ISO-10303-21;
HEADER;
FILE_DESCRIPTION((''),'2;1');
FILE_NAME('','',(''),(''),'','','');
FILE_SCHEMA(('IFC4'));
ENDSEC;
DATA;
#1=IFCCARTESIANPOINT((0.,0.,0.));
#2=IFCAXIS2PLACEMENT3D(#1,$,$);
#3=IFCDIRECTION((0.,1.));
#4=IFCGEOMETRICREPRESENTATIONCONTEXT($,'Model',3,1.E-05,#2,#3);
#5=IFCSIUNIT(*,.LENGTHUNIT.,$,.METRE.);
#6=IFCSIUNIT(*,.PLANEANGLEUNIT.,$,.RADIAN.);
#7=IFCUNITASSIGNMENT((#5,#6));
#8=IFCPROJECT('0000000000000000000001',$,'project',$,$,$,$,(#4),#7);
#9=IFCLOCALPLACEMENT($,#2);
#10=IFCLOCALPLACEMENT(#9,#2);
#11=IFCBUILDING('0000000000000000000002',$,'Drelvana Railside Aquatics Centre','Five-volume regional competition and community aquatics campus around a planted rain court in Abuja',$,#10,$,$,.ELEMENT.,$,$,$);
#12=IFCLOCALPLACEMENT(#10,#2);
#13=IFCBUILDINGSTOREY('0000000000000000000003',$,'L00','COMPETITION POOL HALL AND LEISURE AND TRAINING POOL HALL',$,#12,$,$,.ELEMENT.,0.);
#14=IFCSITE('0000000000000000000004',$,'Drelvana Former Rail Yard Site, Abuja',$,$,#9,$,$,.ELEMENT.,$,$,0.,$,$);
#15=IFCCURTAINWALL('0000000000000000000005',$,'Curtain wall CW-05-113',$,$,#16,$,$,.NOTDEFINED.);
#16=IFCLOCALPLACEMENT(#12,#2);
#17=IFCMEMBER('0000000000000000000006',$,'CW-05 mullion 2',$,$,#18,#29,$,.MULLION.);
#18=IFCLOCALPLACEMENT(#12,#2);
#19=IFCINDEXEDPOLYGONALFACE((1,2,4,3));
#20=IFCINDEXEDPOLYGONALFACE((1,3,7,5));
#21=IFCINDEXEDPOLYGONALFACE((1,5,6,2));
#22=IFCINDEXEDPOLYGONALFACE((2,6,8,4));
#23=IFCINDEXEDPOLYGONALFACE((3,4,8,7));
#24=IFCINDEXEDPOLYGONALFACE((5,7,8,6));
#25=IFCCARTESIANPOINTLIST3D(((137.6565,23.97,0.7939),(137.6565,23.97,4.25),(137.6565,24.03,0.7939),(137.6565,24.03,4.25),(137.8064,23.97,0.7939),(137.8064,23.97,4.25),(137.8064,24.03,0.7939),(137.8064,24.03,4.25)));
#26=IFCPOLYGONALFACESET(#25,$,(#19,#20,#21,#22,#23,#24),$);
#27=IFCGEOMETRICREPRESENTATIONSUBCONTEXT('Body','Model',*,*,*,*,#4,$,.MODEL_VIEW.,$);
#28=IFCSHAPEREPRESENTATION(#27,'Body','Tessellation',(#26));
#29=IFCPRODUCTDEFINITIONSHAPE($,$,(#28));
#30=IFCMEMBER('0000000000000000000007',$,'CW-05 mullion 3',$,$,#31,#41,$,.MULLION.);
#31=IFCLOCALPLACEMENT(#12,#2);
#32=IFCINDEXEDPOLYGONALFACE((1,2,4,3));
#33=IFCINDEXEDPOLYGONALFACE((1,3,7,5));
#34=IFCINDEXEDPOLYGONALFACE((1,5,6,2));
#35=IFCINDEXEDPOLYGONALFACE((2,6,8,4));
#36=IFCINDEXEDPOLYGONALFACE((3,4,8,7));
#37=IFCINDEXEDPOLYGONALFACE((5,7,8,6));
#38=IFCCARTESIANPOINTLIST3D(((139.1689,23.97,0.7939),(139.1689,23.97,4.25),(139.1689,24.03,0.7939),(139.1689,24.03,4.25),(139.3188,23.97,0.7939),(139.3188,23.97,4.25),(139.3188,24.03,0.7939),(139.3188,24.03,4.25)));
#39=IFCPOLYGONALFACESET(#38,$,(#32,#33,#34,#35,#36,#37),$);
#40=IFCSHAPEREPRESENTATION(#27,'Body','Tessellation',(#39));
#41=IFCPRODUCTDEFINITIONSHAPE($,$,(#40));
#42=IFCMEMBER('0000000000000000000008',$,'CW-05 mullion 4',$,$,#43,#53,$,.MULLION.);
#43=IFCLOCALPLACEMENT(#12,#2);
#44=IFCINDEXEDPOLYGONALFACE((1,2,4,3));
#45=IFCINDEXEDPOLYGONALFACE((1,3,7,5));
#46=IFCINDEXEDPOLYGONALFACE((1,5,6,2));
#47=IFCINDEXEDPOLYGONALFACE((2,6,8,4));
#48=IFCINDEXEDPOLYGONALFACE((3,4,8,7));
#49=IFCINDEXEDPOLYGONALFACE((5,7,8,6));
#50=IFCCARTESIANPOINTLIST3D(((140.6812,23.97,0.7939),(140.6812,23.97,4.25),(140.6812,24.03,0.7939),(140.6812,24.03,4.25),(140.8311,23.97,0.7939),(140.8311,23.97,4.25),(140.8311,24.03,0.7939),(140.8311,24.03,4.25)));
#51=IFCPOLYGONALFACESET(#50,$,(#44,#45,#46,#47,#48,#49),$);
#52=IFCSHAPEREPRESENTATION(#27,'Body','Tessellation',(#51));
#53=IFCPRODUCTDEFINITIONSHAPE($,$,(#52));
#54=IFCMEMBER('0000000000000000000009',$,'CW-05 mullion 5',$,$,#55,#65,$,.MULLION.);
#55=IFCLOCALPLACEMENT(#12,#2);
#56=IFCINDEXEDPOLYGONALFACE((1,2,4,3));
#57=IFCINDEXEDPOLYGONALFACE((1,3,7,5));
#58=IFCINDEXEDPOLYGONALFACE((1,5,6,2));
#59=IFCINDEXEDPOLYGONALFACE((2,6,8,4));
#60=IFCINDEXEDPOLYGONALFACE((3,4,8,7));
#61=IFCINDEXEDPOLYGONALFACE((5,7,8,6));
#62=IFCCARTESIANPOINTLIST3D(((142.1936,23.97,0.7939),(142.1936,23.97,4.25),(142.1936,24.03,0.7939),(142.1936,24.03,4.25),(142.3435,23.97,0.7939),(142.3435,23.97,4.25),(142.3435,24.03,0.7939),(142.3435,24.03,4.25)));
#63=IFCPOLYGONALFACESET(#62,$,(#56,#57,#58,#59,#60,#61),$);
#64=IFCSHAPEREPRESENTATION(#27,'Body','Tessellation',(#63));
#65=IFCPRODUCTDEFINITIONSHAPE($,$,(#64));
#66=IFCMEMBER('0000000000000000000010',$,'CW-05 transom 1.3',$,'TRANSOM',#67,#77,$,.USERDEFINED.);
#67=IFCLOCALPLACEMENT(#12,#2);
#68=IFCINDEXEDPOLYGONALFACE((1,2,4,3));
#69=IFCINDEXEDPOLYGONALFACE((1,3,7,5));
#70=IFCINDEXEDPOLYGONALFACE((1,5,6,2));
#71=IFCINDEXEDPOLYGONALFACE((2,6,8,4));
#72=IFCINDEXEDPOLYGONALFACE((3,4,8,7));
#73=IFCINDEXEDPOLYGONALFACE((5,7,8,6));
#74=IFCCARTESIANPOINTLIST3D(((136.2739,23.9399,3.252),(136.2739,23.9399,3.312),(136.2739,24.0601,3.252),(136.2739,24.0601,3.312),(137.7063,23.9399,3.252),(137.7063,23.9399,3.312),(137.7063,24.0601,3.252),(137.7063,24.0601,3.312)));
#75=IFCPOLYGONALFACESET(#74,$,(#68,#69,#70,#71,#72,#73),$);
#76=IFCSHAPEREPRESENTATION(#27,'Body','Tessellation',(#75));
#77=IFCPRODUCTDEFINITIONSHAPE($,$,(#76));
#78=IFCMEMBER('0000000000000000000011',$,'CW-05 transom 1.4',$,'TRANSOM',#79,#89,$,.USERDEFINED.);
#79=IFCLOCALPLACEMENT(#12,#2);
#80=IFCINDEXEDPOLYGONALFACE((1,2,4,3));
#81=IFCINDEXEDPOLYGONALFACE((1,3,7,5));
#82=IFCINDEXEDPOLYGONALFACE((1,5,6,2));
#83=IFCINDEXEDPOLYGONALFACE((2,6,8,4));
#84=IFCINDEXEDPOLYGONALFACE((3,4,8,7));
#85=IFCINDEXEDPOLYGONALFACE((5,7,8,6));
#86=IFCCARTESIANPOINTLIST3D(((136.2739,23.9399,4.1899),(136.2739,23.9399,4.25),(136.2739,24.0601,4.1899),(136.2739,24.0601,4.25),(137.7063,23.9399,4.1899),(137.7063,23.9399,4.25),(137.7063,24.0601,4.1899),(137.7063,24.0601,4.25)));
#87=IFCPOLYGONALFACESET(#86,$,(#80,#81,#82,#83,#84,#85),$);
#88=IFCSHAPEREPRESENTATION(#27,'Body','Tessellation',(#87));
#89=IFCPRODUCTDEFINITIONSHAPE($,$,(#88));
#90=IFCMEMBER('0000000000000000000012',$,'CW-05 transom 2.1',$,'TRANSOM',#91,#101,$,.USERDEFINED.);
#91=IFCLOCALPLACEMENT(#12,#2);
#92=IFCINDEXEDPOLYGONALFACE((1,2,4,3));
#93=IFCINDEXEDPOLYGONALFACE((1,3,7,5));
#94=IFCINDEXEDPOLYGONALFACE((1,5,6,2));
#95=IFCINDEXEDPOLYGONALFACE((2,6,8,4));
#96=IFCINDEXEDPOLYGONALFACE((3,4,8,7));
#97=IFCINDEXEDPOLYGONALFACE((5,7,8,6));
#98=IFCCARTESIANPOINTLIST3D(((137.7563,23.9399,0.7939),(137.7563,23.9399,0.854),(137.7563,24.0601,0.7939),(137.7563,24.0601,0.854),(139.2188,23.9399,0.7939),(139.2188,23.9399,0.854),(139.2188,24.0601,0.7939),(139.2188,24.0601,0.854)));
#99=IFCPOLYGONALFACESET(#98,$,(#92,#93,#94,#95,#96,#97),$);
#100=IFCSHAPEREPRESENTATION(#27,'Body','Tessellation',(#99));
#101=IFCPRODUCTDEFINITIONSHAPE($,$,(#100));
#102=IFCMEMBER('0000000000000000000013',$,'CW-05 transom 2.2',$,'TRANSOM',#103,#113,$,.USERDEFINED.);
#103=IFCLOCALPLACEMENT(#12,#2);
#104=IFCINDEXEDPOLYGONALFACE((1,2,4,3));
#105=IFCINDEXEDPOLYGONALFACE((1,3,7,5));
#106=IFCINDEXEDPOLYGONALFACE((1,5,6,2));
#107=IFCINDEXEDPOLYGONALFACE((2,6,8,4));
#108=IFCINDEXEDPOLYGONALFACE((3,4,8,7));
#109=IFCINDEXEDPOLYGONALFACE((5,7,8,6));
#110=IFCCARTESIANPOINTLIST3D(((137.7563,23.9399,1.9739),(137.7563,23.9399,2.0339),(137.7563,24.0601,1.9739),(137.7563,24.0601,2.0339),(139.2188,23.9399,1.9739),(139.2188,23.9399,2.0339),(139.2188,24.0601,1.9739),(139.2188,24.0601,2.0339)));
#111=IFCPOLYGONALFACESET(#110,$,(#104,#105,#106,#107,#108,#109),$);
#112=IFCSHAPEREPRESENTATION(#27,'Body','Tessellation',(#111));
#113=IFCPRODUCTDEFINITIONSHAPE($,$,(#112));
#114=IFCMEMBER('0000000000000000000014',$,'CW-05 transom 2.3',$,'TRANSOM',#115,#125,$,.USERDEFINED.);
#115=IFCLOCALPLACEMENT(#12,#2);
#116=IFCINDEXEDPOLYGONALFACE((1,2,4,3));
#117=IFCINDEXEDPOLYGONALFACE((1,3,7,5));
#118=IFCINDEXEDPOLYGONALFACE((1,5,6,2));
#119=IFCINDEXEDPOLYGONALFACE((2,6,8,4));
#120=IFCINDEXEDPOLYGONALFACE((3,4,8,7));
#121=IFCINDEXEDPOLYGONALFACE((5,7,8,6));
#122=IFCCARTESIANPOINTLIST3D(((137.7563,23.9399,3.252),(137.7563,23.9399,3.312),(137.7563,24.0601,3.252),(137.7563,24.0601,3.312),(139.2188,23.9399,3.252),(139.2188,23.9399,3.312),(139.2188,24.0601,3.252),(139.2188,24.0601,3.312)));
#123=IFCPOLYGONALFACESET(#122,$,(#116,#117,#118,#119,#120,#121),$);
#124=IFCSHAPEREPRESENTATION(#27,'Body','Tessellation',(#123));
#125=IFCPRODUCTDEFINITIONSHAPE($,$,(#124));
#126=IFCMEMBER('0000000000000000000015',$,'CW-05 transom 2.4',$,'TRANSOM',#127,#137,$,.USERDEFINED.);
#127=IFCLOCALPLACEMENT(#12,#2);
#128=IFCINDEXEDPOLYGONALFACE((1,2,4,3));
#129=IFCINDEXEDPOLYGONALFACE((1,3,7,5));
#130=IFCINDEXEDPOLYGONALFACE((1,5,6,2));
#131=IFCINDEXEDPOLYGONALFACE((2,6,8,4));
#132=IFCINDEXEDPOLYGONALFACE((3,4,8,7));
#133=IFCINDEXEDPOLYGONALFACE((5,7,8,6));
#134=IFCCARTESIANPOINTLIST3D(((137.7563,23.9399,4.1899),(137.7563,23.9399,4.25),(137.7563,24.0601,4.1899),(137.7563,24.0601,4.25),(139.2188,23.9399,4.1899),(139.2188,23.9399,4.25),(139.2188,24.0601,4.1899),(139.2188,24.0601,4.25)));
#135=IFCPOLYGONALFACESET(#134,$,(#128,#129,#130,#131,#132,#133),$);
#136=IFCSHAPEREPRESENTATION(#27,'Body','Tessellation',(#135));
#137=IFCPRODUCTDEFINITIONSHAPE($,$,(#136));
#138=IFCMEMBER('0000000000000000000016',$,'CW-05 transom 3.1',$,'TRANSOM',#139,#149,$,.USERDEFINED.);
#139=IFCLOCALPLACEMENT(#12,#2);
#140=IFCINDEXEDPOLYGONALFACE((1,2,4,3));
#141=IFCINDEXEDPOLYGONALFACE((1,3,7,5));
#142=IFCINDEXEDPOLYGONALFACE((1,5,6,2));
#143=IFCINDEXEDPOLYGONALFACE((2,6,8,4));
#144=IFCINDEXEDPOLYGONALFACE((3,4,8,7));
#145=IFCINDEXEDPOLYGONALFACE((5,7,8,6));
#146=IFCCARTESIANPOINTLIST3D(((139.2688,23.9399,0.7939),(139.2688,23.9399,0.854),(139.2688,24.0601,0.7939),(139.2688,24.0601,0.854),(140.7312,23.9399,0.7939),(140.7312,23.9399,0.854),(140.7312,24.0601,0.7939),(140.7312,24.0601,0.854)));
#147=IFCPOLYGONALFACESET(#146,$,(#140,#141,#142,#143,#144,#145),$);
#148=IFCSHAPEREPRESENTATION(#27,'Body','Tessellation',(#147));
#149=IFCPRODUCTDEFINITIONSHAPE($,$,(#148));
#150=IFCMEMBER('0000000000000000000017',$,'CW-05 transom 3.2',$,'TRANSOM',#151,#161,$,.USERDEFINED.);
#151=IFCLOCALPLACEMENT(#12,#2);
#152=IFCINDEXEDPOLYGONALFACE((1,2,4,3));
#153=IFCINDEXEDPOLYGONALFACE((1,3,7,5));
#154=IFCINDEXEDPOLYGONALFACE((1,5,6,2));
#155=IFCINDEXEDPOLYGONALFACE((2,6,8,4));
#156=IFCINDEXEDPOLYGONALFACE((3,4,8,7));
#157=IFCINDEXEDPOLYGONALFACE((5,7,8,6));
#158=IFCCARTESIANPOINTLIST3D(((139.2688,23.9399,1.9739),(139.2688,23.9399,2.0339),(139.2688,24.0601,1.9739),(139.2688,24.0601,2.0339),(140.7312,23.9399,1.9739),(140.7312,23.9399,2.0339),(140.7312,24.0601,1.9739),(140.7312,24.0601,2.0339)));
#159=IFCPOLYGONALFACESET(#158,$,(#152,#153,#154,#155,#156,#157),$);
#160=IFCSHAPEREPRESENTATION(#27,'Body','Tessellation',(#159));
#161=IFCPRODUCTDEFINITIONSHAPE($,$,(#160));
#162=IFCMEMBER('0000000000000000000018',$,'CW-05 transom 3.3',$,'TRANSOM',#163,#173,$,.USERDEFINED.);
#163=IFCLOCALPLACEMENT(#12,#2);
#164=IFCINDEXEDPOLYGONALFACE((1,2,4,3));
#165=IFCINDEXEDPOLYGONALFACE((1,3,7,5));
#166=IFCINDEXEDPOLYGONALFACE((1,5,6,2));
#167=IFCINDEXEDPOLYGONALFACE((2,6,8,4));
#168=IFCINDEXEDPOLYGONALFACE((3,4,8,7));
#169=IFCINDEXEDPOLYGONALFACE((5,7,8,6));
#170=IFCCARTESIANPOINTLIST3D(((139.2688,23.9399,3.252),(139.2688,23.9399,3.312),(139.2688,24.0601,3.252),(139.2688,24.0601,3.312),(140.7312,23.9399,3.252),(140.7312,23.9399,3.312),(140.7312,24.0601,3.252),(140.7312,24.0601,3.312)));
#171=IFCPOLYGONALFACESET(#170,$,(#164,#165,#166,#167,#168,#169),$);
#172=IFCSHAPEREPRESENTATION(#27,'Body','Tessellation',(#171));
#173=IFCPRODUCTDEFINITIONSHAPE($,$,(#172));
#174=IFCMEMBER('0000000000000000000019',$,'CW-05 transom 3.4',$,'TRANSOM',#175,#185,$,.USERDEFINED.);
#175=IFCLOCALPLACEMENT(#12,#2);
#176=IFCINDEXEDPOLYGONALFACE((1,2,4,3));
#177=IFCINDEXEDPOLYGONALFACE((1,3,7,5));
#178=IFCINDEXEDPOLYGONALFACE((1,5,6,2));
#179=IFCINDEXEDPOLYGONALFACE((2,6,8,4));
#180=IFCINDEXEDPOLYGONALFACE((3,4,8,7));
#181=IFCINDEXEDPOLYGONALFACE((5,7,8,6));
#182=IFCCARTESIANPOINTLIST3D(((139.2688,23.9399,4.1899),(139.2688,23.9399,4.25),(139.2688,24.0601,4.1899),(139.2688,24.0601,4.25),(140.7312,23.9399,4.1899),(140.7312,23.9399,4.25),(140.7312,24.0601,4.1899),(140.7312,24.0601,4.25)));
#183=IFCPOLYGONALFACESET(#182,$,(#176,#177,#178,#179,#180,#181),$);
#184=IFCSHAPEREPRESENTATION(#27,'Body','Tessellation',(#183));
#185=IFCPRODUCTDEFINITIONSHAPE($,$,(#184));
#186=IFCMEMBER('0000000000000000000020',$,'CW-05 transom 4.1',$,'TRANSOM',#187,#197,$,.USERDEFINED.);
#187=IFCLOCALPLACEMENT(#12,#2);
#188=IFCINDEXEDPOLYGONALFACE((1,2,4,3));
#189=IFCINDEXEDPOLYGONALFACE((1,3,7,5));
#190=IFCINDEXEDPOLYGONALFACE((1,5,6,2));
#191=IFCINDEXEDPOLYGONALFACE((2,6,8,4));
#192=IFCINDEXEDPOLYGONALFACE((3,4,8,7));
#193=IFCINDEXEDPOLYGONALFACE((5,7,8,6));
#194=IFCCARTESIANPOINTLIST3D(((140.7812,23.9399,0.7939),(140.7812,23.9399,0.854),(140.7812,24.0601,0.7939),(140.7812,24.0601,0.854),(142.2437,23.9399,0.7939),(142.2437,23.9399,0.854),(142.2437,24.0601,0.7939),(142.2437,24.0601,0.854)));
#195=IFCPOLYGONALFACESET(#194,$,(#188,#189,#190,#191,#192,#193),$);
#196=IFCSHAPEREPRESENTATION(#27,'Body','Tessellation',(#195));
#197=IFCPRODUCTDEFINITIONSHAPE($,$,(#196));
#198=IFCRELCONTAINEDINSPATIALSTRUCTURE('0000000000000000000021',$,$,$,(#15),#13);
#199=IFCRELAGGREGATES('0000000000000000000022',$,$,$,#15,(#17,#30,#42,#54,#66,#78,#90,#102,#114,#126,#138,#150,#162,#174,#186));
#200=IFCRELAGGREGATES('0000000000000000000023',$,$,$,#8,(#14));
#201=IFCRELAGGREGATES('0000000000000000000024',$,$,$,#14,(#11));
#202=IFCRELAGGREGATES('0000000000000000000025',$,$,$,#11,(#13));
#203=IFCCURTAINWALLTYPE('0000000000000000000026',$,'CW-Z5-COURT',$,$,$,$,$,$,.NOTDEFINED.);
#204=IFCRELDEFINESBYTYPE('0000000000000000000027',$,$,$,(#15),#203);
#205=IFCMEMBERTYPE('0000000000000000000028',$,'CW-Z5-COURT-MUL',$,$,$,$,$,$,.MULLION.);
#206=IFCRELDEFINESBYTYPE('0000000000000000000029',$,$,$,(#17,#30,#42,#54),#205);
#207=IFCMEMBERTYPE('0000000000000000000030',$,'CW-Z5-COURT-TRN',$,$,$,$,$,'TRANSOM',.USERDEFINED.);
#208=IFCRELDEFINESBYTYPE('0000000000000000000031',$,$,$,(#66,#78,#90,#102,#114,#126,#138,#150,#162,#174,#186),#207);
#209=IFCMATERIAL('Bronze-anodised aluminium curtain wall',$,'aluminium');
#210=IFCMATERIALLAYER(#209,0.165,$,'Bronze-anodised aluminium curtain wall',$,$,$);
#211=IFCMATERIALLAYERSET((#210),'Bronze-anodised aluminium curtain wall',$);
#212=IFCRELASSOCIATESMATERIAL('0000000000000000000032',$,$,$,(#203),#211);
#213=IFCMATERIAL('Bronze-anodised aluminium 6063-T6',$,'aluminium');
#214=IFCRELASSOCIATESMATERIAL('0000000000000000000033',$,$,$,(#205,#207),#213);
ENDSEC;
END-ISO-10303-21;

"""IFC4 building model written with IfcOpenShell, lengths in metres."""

from ifc_helpers import new_model, si_unit, direction, frame, origin, origin_2d, place, context, subcontext, project, spatial, rectangle, extrude, material, layer, layer_set, material_profile, profile_set, type_object, element, aggregate, save


model = new_model("IFC4")

# Units and contexts
model_context = context("Model", 3, precision=1e-05, world=origin(), true_north=direction((0.0, 1.0)))
body_context = subcontext(model_context, "Body", "Model", "MODEL_VIEW")
ifc_project = project(units=[si_unit("LENGTHUNIT", "METRE"), si_unit("PLANEANGLEUNIT", "RADIAN")], contexts=[model_context])

# Site, building, storey
site_placement = place(None, origin())
site = spatial("IfcSite", under=ifc_project, at=site_placement, Name="Drelvana Former Rail Yard Site, Abuja", CompositionType="ELEMENT", RefElevation=0.0)
building_placement = place(site_placement, origin())
building = spatial("IfcBuilding", under=site, at=building_placement, Name="Drelvana Railside Aquatics Centre", Description="Five-volume regional competition and community aquatics campus around a planted rain court in Abuja", CompositionType="ELEMENT")
storey_placement = place(building_placement, origin())
storey = spatial("IfcBuildingStorey", under=building, at=storey_placement, Name="L00", Description="COMPETITION POOL HALL AND LEISURE AND TRAINING POOL HALL", CompositionType="ELEMENT", Elevation=0.0)

# Curtain wall, members
ifc_material_1 = material(Name="Bronze-anodised aluminium curtain wall", Category="aluminium")
ifc_layer_1 = layer(ifc_material_1, 0.165, Name="Bronze-anodised aluminium curtain wall")
ifc_layer_set_1 = layer_set([ifc_layer_1], Name="Bronze-anodised aluminium curtain wall")
curtain_wall_type = type_object("IfcCurtainWallType", Name="CW-Z5-COURT", PredefinedType="NOTDEFINED", material=ifc_layer_set_1)
curtain_wall_placement = place(storey_placement, origin())
curtain_wall = element("IfcCurtainWall", 1, at=curtain_wall_placement, inside=storey, type_object=curtain_wall_type, Name="Curtain wall CW-05-113", PredefinedType="NOTDEFINED")
ifc_material_2 = material(Name="Bronze-anodised aluminium 6063-T6", Category="aluminium")
ifc_material_profile_1 = material_profile(ifc_material_2, rectangle(XDim=0.0601, YDim=0.1499, at=origin_2d()), Name="ALU-M 60x150")
ifc_profile_set_1 = profile_set([ifc_material_profile_1], Name="Bronze-anodised aluminium 6063-T6")
member_type_1 = type_object("IfcMemberType", Name="CW-Z5-COURT-MUL", PredefinedType="MULLION", material=ifc_profile_set_1)
member_1_placement = place(storey_placement, frame((137.7314, 24.0, 0.7939), z_axis=(0.0, 0.0, 1.0), x_axis=(0.0, 1.0, 0.0)))
member_1 = element("IfcMember", 2, at=member_1_placement, type_object=member_type_1, Name="CW-05 mullion 2", PredefinedType="MULLION", context=body_context, shape_type="SweptSolid", body=[
    extrude(rectangle(XDim=0.0601, YDim=0.1499, at=origin_2d()), origin(), (0.0, 0.0, 1.0), 3.4561),
])
member_2_placement = place(storey_placement, frame((139.2439, 24.0, 0.7939), z_axis=(0.0, 0.0, 1.0), x_axis=(0.0, 1.0, 0.0)))
member_2 = element("IfcMember", 3, at=member_2_placement, type_object=member_type_1, Name="CW-05 mullion 3", PredefinedType="MULLION", context=body_context, shape_type="SweptSolid", body=[
    extrude(rectangle(XDim=0.0601, YDim=0.1499, at=origin_2d()), origin(), (0.0, 0.0, 1.0), 3.4561),
])
member_3_placement = place(storey_placement, frame((140.7561, 24.0, 0.7939), z_axis=(0.0, 0.0, 1.0), x_axis=(0.0, 1.0, 0.0)))
member_3 = element("IfcMember", 4, at=member_3_placement, type_object=member_type_1, Name="CW-05 mullion 4", PredefinedType="MULLION", context=body_context, shape_type="SweptSolid", body=[
    extrude(rectangle(XDim=0.0601, YDim=0.1499, at=origin_2d()), origin(), (0.0, 0.0, 1.0), 3.4561),
])
member_4_placement = place(storey_placement, frame((142.2686, 24.0, 0.7939), z_axis=(0.0, 0.0, 1.0), x_axis=(0.0, 1.0, 0.0)))
member_4 = element("IfcMember", 5, at=member_4_placement, type_object=member_type_1, Name="CW-05 mullion 5", PredefinedType="MULLION", context=body_context, shape_type="SweptSolid", body=[
    extrude(rectangle(XDim=0.0601, YDim=0.1499, at=origin_2d()), origin(), (0.0, 0.0, 1.0), 3.4561),
])
ifc_material_profile_2 = material_profile(ifc_material_2, rectangle(XDim=0.1201, YDim=0.0601, at=origin_2d()), Name="ALU-T 60x120")
ifc_profile_set_2 = profile_set([ifc_material_profile_2], Name="Bronze-anodised aluminium 6063-T6")
member_type_2 = type_object("IfcMemberType", Name="CW-Z5-COURT-TRN", ElementType="TRANSOM", PredefinedType="USERDEFINED", material=ifc_profile_set_2)
member_5_placement = place(storey_placement, frame((136.2739, 24.0, 3.282), z_axis=(1.0, 0.0, 0.0), x_axis=(0.0, 1.0, 0.0)))
member_5 = element("IfcMember", 6, at=member_5_placement, type_object=member_type_2, Name="CW-05 transom 1.3", ObjectType="TRANSOM", PredefinedType="USERDEFINED", context=body_context, shape_type="SweptSolid", body=[
    extrude(rectangle(XDim=0.1201, YDim=0.0601, at=origin_2d()), origin(), (0.0, 0.0, 1.0), 1.4324),
])
member_6_placement = place(storey_placement, frame((136.2739, 24.0, 4.22), z_axis=(1.0, 0.0, 0.0), x_axis=(0.0, 1.0, 0.0)))
member_6 = element("IfcMember", 7, at=member_6_placement, type_object=member_type_2, Name="CW-05 transom 1.4", ObjectType="TRANSOM", PredefinedType="USERDEFINED", context=body_context, shape_type="SweptSolid", body=[
    extrude(rectangle(XDim=0.1201, YDim=0.0601, at=origin_2d()), origin(), (0.0, 0.0, 1.0), 1.4324),
])
member_7_placement = place(storey_placement, frame((137.7563, 24.0, 0.824), z_axis=(1.0, 0.0, 0.0), x_axis=(0.0, 1.0, 0.0)))
member_7 = element("IfcMember", 8, at=member_7_placement, type_object=member_type_2, Name="CW-05 transom 2.1", ObjectType="TRANSOM", PredefinedType="USERDEFINED", context=body_context, shape_type="SweptSolid", body=[
    extrude(rectangle(XDim=0.1201, YDim=0.0601, at=origin_2d()), origin(), (0.0, 0.0, 1.0), 1.4624),
])
member_8_placement = place(storey_placement, frame((137.7563, 24.0, 2.0039), z_axis=(1.0, 0.0, 0.0), x_axis=(0.0, 1.0, 0.0)))
member_8 = element("IfcMember", 9, at=member_8_placement, type_object=member_type_2, Name="CW-05 transom 2.2", ObjectType="TRANSOM", PredefinedType="USERDEFINED", context=body_context, shape_type="SweptSolid", body=[
    extrude(rectangle(XDim=0.1201, YDim=0.0601, at=origin_2d()), origin(), (0.0, 0.0, 1.0), 1.4624),
])
member_9_placement = place(storey_placement, frame((137.7563, 24.0, 3.282), z_axis=(1.0, 0.0, 0.0), x_axis=(0.0, 1.0, 0.0)))
member_9 = element("IfcMember", 10, at=member_9_placement, type_object=member_type_2, Name="CW-05 transom 2.3", ObjectType="TRANSOM", PredefinedType="USERDEFINED", context=body_context, shape_type="SweptSolid", body=[
    extrude(rectangle(XDim=0.1201, YDim=0.0601, at=origin_2d()), origin(), (0.0, 0.0, 1.0), 1.4624),
])
member_10_placement = place(storey_placement, frame((137.7563, 24.0, 4.22), z_axis=(1.0, 0.0, 0.0), x_axis=(0.0, 1.0, 0.0)))
member_10 = element("IfcMember", 11, at=member_10_placement, type_object=member_type_2, Name="CW-05 transom 2.4", ObjectType="TRANSOM", PredefinedType="USERDEFINED", context=body_context, shape_type="SweptSolid", body=[
    extrude(rectangle(XDim=0.1201, YDim=0.0601, at=origin_2d()), origin(), (0.0, 0.0, 1.0), 1.4624),
])
member_11_placement = place(storey_placement, frame((139.2688, 24.0, 0.824), z_axis=(1.0, 0.0, 0.0), x_axis=(0.0, 1.0, 0.0)))
member_11 = element("IfcMember", 12, at=member_11_placement, type_object=member_type_2, Name="CW-05 transom 3.1", ObjectType="TRANSOM", PredefinedType="USERDEFINED", context=body_context, shape_type="SweptSolid", body=[
    extrude(rectangle(XDim=0.1201, YDim=0.0601, at=origin_2d()), origin(), (0.0, 0.0, 1.0), 1.4624),
])
member_12_placement = place(storey_placement, frame((139.2688, 24.0, 2.0039), z_axis=(1.0, 0.0, 0.0), x_axis=(0.0, 1.0, 0.0)))
member_12 = element("IfcMember", 13, at=member_12_placement, type_object=member_type_2, Name="CW-05 transom 3.2", ObjectType="TRANSOM", PredefinedType="USERDEFINED", context=body_context, shape_type="SweptSolid", body=[
    extrude(rectangle(XDim=0.1201, YDim=0.0601, at=origin_2d()), origin(), (0.0, 0.0, 1.0), 1.4624),
])
member_13_placement = place(storey_placement, frame((139.2688, 24.0, 3.282), z_axis=(1.0, 0.0, 0.0), x_axis=(0.0, 1.0, 0.0)))
member_13 = element("IfcMember", 14, at=member_13_placement, type_object=member_type_2, Name="CW-05 transom 3.3", ObjectType="TRANSOM", PredefinedType="USERDEFINED", context=body_context, shape_type="SweptSolid", body=[
    extrude(rectangle(XDim=0.1201, YDim=0.0601, at=origin_2d()), origin(), (0.0, 0.0, 1.0), 1.4624),
])
member_14_placement = place(storey_placement, frame((139.2688, 24.0, 4.22), z_axis=(1.0, 0.0, 0.0), x_axis=(0.0, 1.0, 0.0)))
member_14 = element("IfcMember", 15, at=member_14_placement, type_object=member_type_2, Name="CW-05 transom 3.4", ObjectType="TRANSOM", PredefinedType="USERDEFINED", context=body_context, shape_type="SweptSolid", body=[
    extrude(rectangle(XDim=0.1201, YDim=0.0601, at=origin_2d()), origin(), (0.0, 0.0, 1.0), 1.4624),
])
member_15_placement = place(storey_placement, frame((140.7812, 24.0, 0.824), z_axis=(1.0, 0.0, 0.0), x_axis=(0.0, 1.0, 0.0)))
member_15 = element("IfcMember", 16, at=member_15_placement, type_object=member_type_2, Name="CW-05 transom 4.1", ObjectType="TRANSOM", PredefinedType="USERDEFINED", context=body_context, shape_type="SweptSolid", body=[
    extrude(rectangle(XDim=0.1201, YDim=0.0601, at=origin_2d()), origin(), (0.0, 0.0, 1.0), 1.4624),
])
aggregate(curtain_wall, [member_1, member_2, member_3, member_4, member_5, member_6, member_7, member_8, member_9, member_10, member_11, member_12, member_13, member_14, member_15])

save(model, "model.ifc")
